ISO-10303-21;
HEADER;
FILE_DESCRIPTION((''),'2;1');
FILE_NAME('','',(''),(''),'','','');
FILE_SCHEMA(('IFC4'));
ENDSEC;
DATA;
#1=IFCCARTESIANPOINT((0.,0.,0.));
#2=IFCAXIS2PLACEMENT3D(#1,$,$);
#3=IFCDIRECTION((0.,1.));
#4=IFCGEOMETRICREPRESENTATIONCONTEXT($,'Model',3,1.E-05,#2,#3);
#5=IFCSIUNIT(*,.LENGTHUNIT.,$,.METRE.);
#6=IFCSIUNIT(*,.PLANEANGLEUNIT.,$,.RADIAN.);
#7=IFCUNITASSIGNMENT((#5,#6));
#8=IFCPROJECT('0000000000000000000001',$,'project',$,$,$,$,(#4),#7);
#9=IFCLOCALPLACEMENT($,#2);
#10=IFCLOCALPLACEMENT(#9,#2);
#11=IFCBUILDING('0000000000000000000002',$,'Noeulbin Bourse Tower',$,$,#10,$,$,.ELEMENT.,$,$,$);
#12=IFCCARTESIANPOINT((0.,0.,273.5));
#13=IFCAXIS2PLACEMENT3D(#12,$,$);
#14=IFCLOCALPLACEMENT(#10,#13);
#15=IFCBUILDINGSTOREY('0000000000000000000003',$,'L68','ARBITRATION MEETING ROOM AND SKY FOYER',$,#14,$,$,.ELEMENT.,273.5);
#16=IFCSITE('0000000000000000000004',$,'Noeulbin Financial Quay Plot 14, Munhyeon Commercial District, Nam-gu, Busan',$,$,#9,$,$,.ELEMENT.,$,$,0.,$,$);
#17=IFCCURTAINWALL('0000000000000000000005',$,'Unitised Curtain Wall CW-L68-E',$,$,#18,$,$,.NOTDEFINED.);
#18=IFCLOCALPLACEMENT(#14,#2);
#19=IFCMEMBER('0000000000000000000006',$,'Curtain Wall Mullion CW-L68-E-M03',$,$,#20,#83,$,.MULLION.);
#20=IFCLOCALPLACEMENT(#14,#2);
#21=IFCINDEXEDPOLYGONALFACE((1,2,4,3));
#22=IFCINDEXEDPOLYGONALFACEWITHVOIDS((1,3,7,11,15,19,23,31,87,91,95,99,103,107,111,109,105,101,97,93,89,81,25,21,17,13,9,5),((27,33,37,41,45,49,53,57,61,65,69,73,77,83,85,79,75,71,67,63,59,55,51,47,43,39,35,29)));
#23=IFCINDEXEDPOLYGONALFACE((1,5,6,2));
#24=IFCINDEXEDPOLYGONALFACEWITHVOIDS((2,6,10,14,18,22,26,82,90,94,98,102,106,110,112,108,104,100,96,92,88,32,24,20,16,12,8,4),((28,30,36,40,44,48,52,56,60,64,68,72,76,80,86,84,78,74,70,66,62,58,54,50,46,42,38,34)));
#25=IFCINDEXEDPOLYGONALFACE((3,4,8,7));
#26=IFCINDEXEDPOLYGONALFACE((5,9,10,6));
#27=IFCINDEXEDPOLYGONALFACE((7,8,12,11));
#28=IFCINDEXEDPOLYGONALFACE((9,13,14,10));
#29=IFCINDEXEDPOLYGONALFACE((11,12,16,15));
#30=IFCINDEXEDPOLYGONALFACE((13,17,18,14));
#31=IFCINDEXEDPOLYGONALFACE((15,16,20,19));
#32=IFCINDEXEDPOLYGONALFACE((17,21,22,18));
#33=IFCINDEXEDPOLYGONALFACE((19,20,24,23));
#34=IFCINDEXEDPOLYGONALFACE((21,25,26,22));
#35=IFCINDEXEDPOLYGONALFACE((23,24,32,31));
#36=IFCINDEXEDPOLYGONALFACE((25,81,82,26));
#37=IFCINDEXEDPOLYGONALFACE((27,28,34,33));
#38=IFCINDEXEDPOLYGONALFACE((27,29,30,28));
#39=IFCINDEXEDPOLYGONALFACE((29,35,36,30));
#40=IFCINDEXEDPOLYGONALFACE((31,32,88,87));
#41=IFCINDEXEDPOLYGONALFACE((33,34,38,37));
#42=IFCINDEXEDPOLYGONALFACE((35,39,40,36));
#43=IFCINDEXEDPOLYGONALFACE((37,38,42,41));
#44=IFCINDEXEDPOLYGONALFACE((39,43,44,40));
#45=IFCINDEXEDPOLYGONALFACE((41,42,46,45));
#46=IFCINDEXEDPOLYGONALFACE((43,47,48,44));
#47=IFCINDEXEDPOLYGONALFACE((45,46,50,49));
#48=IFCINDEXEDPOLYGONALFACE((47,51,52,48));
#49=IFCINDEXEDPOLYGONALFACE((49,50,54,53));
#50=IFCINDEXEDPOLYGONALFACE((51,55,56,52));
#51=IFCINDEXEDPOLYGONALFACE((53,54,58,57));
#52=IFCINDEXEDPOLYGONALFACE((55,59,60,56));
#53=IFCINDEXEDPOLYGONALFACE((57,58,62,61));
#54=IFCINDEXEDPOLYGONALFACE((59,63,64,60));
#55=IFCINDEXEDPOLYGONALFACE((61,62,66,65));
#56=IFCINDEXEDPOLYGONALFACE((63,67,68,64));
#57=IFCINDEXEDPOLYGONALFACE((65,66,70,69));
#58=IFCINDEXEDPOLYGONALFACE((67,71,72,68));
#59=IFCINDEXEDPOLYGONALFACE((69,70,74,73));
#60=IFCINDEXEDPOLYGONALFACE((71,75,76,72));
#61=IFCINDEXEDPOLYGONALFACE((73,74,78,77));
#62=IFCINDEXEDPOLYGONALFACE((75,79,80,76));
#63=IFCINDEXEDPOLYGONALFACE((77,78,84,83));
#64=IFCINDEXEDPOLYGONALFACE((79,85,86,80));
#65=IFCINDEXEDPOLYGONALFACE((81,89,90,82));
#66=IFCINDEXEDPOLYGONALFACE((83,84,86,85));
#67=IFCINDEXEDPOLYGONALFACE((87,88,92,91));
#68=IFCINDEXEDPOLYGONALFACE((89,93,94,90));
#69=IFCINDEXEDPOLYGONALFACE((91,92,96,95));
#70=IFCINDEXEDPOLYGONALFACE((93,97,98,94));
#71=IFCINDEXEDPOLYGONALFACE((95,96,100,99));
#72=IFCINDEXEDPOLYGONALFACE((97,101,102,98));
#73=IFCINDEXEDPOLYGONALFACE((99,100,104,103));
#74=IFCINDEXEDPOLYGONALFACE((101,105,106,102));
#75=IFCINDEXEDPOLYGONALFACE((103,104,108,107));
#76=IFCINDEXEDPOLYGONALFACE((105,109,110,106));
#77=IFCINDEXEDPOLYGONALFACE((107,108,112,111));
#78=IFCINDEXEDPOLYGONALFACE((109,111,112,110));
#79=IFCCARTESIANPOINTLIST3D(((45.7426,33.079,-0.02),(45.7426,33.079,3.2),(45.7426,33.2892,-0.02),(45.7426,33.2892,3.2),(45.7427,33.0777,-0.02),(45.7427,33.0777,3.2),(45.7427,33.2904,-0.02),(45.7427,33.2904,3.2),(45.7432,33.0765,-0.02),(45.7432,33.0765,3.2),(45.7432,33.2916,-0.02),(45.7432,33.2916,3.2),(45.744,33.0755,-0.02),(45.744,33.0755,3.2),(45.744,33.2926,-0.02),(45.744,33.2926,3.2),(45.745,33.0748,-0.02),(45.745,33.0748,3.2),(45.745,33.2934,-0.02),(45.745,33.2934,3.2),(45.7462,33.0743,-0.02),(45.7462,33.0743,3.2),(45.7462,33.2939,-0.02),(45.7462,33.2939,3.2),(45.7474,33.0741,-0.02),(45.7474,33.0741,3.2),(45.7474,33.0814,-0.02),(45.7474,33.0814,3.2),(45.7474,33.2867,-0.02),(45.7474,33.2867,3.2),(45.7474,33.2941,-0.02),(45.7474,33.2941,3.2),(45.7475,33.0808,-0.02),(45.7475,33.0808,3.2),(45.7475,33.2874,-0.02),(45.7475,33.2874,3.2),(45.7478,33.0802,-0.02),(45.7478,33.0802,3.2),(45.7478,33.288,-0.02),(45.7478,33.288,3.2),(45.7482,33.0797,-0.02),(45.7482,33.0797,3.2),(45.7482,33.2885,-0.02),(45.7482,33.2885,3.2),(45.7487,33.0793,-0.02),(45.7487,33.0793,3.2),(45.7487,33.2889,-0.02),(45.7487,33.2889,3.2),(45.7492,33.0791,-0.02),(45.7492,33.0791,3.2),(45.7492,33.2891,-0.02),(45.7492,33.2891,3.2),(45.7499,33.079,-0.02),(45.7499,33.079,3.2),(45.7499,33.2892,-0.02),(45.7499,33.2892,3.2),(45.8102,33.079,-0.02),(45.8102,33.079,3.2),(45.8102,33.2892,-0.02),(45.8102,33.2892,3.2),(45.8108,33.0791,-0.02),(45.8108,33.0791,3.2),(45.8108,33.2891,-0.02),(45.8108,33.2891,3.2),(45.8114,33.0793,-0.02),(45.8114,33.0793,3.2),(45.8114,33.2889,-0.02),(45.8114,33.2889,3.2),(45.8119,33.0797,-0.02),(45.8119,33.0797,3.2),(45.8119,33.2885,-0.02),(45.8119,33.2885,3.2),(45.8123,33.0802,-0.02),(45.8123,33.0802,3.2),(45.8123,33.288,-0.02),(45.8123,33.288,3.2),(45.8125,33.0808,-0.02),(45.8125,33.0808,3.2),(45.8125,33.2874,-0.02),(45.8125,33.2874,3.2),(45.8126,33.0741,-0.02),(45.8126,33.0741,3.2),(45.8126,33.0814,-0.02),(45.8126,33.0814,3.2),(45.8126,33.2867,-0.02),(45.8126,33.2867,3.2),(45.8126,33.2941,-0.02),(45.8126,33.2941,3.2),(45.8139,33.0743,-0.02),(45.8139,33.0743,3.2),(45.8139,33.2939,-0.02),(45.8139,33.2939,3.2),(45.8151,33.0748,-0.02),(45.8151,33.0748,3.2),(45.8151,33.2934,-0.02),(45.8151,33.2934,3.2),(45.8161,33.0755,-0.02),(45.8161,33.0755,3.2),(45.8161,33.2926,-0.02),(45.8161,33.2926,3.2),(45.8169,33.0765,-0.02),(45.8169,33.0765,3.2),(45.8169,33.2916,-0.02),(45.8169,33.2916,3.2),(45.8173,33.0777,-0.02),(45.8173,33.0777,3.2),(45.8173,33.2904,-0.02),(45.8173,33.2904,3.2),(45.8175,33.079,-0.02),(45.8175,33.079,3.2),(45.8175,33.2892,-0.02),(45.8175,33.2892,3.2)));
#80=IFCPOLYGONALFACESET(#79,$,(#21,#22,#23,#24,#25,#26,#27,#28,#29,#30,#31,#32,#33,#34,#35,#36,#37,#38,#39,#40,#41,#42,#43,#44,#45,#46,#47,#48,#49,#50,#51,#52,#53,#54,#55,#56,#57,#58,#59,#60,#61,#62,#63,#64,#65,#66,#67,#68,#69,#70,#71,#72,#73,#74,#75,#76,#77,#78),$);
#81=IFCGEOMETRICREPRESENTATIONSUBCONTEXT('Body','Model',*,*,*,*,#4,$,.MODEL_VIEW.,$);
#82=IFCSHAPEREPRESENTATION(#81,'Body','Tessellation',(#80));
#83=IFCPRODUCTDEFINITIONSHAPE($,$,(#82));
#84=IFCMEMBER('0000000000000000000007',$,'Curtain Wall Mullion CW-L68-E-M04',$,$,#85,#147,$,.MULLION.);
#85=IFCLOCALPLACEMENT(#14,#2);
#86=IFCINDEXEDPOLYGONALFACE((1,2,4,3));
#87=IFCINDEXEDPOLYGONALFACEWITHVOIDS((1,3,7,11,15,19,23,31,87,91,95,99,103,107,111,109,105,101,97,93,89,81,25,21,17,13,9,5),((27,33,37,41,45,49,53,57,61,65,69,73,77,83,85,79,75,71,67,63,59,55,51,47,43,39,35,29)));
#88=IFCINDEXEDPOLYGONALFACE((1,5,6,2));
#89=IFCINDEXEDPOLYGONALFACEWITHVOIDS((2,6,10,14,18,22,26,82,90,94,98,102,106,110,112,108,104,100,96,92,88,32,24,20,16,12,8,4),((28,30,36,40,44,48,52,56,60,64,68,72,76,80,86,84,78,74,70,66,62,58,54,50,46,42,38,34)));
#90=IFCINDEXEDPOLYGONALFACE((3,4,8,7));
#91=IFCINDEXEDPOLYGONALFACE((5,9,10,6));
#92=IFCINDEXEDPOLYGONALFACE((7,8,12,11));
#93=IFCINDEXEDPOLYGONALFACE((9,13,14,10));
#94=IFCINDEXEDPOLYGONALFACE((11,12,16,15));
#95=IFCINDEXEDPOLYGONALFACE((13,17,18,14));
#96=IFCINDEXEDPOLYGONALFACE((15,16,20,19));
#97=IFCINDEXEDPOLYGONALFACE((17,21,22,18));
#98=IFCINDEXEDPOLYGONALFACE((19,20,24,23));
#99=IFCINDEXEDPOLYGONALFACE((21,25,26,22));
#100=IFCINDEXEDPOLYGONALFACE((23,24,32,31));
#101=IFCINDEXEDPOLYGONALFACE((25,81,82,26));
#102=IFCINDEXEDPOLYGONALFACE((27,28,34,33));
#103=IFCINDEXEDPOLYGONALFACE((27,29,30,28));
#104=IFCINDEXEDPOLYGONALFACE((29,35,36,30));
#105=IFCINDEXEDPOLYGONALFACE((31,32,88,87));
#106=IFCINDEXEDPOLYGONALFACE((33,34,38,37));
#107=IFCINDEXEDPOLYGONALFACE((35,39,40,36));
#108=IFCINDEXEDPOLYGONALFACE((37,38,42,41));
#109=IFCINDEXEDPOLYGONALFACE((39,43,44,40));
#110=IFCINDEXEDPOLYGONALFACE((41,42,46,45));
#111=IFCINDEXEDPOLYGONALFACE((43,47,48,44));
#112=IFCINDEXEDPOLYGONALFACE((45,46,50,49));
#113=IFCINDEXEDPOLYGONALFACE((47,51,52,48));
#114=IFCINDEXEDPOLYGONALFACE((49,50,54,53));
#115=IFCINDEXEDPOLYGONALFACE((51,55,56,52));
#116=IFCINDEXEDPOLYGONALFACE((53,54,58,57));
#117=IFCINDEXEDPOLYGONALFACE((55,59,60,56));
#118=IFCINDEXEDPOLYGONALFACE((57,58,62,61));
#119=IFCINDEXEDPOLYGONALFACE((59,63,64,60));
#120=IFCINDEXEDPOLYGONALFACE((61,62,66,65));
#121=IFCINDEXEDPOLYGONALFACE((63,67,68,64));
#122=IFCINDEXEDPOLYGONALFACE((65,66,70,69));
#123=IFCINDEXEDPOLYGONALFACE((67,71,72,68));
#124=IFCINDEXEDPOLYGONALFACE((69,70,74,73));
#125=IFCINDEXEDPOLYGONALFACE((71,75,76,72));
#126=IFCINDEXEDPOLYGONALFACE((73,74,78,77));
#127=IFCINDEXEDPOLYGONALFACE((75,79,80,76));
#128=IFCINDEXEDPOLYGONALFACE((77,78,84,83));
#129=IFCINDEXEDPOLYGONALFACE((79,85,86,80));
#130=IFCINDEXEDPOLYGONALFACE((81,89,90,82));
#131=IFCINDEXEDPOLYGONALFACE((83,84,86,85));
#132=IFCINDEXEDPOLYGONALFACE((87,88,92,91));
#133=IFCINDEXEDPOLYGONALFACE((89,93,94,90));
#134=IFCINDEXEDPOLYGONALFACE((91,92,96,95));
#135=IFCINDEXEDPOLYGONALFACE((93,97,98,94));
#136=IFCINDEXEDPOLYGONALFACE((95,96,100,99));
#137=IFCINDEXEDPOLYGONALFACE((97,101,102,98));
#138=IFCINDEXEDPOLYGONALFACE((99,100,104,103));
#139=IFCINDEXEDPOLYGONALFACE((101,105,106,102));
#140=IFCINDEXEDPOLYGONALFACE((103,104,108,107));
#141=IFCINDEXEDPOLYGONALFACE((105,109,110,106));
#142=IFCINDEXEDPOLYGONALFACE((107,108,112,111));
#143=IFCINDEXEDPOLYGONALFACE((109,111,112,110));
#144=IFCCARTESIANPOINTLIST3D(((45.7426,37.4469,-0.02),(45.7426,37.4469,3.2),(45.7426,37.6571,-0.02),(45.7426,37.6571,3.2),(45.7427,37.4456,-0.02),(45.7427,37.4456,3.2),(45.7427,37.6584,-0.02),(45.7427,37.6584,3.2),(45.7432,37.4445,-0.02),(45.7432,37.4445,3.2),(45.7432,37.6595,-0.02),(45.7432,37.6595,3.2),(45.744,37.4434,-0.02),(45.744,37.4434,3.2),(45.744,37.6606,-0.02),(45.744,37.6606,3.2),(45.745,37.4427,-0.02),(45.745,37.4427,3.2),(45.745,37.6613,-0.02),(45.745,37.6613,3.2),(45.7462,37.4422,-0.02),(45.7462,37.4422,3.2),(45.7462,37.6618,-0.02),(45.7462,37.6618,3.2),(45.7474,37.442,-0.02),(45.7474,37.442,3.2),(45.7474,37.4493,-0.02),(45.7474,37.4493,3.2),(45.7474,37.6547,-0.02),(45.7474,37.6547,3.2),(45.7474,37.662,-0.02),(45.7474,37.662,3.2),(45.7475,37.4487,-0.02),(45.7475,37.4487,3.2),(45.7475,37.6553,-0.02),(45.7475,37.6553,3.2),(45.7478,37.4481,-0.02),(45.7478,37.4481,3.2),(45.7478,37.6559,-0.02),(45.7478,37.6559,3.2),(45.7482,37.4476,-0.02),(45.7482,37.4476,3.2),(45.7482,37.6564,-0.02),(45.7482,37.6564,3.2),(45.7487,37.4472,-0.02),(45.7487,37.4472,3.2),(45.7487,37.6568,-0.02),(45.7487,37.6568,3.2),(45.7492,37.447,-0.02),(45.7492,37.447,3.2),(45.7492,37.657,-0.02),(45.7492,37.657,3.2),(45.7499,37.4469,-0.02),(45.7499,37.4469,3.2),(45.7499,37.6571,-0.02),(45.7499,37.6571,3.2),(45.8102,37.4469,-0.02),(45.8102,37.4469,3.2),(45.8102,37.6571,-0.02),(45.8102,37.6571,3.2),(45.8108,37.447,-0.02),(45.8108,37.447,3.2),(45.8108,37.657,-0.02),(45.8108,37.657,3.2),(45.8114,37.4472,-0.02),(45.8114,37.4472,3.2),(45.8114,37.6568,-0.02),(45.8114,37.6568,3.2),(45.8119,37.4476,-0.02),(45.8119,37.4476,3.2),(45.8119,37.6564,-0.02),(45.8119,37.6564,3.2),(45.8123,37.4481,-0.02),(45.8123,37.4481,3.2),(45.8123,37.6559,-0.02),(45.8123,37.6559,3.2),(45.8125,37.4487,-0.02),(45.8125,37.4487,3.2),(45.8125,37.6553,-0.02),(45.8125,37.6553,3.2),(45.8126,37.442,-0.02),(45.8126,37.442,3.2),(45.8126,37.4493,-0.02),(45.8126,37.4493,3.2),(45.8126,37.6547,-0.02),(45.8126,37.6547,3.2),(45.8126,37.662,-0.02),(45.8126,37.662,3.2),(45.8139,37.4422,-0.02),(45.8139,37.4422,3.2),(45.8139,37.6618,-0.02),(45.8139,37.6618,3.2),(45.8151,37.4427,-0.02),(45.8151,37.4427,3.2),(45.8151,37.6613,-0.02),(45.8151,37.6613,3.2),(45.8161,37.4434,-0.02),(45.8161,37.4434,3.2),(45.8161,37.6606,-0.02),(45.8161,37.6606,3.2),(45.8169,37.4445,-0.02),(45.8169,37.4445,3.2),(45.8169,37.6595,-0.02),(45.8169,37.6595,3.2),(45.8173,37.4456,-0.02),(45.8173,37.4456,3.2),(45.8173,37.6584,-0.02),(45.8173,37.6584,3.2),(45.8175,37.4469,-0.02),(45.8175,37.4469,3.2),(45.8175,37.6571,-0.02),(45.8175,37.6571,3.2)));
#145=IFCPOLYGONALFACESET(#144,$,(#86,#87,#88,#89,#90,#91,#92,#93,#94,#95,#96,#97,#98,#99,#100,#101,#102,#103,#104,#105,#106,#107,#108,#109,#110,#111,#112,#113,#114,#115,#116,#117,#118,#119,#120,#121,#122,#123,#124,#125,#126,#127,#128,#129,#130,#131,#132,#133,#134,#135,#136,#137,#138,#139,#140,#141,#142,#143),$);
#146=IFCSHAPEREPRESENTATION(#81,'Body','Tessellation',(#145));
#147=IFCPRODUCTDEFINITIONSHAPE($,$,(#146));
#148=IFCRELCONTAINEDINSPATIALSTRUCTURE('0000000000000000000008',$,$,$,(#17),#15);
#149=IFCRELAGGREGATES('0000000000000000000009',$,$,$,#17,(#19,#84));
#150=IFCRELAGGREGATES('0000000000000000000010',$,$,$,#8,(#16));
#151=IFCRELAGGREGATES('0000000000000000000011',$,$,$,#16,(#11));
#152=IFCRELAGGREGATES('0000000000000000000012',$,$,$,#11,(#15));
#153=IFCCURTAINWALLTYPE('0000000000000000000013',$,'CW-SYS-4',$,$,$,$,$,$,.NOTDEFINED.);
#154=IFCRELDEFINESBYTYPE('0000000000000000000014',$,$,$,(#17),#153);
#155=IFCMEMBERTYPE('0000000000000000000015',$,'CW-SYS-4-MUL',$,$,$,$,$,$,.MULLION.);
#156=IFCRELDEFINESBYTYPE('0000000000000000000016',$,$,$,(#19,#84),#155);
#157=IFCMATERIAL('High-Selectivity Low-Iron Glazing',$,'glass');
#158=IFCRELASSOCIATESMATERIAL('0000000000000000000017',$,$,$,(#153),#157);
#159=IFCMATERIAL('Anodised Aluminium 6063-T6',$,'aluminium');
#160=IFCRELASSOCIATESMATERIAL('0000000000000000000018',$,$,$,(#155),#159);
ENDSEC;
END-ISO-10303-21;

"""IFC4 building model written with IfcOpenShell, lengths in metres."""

from ifc_helpers import new_model, si_unit, direction, frame, origin, origin_2d, place, context, subcontext, project, spatial, hollow_rectangle, extrude, material, material_profile, profile_set, type_object, element, aggregate, save


model = new_model("IFC4")

# Units and contexts
model_context = context("Model", 3, precision=1e-05, world=origin(), true_north=direction((0.0, 1.0)))
body_context = subcontext(model_context, "Body", "Model", "MODEL_VIEW")
ifc_project = project(units=[si_unit("LENGTHUNIT", "METRE"), si_unit("PLANEANGLEUNIT", "RADIAN")], contexts=[model_context])

# Site, building, storey
site_placement = place(None, origin())
site = spatial("IfcSite", under=ifc_project, at=site_placement, Name="Noeulbin Financial Quay Plot 14, Munhyeon Commercial District, Nam-gu, Busan", CompositionType="ELEMENT", RefElevation=0.0)
building_placement = place(site_placement, origin())
building = spatial("IfcBuilding", under=site, at=building_placement, Name="Noeulbin Bourse Tower", CompositionType="ELEMENT")
storey_placement = place(building_placement, frame((0.0, 0.0, 273.5)))
storey = spatial("IfcBuildingStorey", under=building, at=storey_placement, Name="L68", Description="ARBITRATION MEETING ROOM AND SKY FOYER", CompositionType="ELEMENT", Elevation=273.5)

# Curtain wall, members
ifc_material_1 = material(Name="High-Selectivity Low-Iron Glazing", Category="glass")
curtain_wall_type = type_object("IfcCurtainWallType", Name="CW-SYS-4", PredefinedType="NOTDEFINED", material=ifc_material_1)
ifc_material_2 = material(Name="Anodised Aluminium 6063-T6", Category="aluminium")
ifc_material_profile_1 = material_profile(ifc_material_2, hollow_rectangle(XDim=0.075, YDim=0.22, WallThickness=0.0049, InnerFilletRadius=0.0024, OuterFilletRadius=0.0049, at=origin_2d()), Name="ALU-MULL-75x220x5", Category="LoadBearing")
ifc_profile_set_1 = profile_set([ifc_material_profile_1], Name="Anodised Aluminium 6063-T6")
member_type_1 = type_object("IfcMemberType", Name="CW-SYS-4-MUL", PredefinedType="MULLION", material=ifc_profile_set_1)
curtain_wall_1_placement = place(storey_placement, origin())
curtain_wall_1 = element("IfcCurtainWall", 1, at=curtain_wall_1_placement, inside=storey, type_object=curtain_wall_type, Name="Unitised Curtain Wall CW-L68-E", PredefinedType="NOTDEFINED")
member_1_placement = place(storey_placement, frame((45.78, 33.1841, -0.02), z_axis=(0.0, 0.0, 1.0), x_axis=(1.0, 0.0, 0.0)))
member_1 = element("IfcMember", 2, at=member_1_placement, type_object=member_type_1, Name="Curtain Wall Mullion CW-L68-E-M03", PredefinedType="MULLION", context=body_context, shape_type="SweptSolid", body=[
    extrude(hollow_rectangle(XDim=0.075, YDim=0.22, WallThickness=0.0049, InnerFilletRadius=0.0024, OuterFilletRadius=0.0049, at=origin_2d()), origin(), (0.0, 0.0, 1.0), 3.22),
])
member_2_placement = place(storey_placement, frame((45.78, 37.552, -0.02), z_axis=(0.0, 0.0, 1.0), x_axis=(1.0, 0.0, 0.0)))
member_2 = element("IfcMember", 3, at=member_2_placement, type_object=member_type_1, Name="Curtain Wall Mullion CW-L68-E-M04", PredefinedType="MULLION", context=body_context, shape_type="SweptSolid", body=[
    extrude(hollow_rectangle(XDim=0.075, YDim=0.22, WallThickness=0.0049, InnerFilletRadius=0.0024, OuterFilletRadius=0.0049, at=origin_2d()), origin(), (0.0, 0.0, 1.0), 3.22),
])

aggregate(curtain_wall_1, [member_1, member_2])

save(model, "model.ifc")
